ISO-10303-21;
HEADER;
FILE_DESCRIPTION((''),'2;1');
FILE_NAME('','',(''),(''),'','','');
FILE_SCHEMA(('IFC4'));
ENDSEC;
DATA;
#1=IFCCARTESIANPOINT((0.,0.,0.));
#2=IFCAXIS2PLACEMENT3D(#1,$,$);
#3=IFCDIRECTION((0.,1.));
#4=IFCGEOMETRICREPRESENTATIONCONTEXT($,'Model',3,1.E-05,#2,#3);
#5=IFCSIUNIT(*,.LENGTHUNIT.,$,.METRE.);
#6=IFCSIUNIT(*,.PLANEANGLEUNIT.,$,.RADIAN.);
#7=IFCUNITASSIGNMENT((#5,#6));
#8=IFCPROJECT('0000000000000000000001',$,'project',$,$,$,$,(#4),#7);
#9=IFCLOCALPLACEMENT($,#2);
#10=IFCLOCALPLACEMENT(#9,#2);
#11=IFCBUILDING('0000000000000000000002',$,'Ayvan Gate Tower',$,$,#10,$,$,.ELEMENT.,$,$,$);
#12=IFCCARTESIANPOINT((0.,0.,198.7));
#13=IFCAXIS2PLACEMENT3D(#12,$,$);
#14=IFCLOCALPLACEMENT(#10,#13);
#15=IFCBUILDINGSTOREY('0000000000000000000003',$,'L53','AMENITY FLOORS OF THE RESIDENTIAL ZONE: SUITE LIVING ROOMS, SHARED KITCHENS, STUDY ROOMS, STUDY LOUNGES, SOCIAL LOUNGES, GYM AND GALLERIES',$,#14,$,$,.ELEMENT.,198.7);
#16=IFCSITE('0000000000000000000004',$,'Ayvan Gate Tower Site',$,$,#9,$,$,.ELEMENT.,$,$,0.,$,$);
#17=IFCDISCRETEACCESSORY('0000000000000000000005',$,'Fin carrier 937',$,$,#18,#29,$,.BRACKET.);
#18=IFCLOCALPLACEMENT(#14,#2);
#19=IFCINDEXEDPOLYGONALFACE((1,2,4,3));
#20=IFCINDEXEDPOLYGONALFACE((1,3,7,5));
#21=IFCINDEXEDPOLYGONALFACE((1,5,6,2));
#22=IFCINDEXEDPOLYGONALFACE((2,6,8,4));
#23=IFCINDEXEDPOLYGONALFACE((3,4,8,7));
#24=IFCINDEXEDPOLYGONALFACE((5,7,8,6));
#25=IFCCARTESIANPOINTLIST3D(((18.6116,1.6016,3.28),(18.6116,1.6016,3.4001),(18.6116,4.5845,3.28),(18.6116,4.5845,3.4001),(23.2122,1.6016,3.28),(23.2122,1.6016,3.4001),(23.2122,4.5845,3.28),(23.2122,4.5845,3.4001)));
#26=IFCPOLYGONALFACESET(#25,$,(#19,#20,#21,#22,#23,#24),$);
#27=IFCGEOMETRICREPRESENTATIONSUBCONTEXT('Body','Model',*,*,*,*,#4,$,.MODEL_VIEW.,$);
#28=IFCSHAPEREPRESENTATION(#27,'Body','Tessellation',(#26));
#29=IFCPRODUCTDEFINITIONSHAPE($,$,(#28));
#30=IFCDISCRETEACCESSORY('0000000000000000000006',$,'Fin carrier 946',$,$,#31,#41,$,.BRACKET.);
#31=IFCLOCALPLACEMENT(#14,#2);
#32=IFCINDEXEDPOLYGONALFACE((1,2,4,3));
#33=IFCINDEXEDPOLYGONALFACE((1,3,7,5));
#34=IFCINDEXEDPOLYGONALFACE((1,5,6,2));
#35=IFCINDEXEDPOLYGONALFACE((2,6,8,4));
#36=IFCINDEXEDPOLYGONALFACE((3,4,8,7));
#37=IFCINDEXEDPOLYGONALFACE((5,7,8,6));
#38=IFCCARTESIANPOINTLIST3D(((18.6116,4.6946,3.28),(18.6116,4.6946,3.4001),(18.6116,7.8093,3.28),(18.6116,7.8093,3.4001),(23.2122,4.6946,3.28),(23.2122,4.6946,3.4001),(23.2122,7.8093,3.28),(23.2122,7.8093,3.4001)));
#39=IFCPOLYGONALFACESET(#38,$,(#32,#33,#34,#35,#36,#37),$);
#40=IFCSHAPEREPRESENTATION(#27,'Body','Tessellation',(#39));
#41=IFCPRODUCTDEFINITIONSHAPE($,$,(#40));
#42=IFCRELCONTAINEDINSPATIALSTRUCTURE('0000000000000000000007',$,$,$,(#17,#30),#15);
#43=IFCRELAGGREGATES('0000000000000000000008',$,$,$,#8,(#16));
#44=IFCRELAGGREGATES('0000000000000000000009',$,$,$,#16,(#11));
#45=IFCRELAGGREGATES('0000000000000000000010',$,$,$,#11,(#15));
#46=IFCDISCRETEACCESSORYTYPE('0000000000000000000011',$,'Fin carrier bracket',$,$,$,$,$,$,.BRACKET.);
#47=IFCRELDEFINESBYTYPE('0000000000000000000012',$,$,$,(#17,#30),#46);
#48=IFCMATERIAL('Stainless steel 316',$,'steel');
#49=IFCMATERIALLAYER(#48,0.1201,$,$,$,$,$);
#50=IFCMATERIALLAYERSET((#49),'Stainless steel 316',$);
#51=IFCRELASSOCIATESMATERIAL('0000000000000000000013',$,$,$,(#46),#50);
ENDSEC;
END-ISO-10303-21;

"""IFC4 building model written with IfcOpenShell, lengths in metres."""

from ifc_helpers import new_model, si_unit, direction, frame, origin, origin_2d, place, context, subcontext, project, spatial, rectangle, extrude, material, layer, layer_set, type_object, element, save


model = new_model("IFC4")

# Units and contexts
model_context = context("Model", 3, precision=1e-05, world=origin(), true_north=direction((0.0, 1.0)))
body_context = subcontext(model_context, "Body", "Model", "MODEL_VIEW")
ifc_project = project(units=[si_unit("LENGTHUNIT", "METRE"), si_unit("PLANEANGLEUNIT", "RADIAN")], contexts=[model_context])

# Site, building, storey
site_placement = place(None, origin())
site = spatial("IfcSite", under=ifc_project, at=site_placement, Name="Ayvan Gate Tower Site", CompositionType="ELEMENT", RefElevation=0.0)
building_placement = place(site_placement, origin())
building = spatial("IfcBuilding", under=site, at=building_placement, Name="Ayvan Gate Tower", CompositionType="ELEMENT")
storey_placement = place(building_placement, frame((0.0, 0.0, 198.7)))
storey = spatial("IfcBuildingStorey", under=building, at=storey_placement, Name="L53", Description="AMENITY FLOORS OF THE RESIDENTIAL ZONE: SUITE LIVING ROOMS, SHARED KITCHENS, STUDY ROOMS, STUDY LOUNGES, SOCIAL LOUNGES, GYM AND GALLERIES", CompositionType="ELEMENT", Elevation=198.7)

# Discrete accessories
ifc_material_1 = material(Name="Stainless steel 316", Category="steel")
ifc_layer_1 = layer(ifc_material_1, 0.1201)
ifc_layer_set_1 = layer_set([ifc_layer_1], Name="Stainless steel 316")
discrete_accessory_type = type_object("IfcDiscreteAccessoryType", Name="Fin carrier bracket", PredefinedType="BRACKET", material=ifc_layer_set_1)
for number, where, z_axis, x_axis, name in (
    (1, (20.9119, 3.093, 3.28), (0.0, 0.0, 1.0), (0.0, 1.0, 0.0), "Fin carrier 937"),
):
    element("IfcDiscreteAccessory", number, at=place(storey_placement, frame(where, z_axis=z_axis, x_axis=x_axis)), inside=storey, type_object=discrete_accessory_type, Name=name, PredefinedType="BRACKET", context=body_context, shape_type="SweptSolid", body=[
        extrude(rectangle(XDim=2.9829, YDim=4.6006, at=origin_2d()), origin(), (0.0, 0.0, 1.0), 0.1201),
    ])
discrete_accessory_1_placement = place(storey_placement, frame((20.9119, 6.252, 3.28), z_axis=(0.0, 0.0, 1.0), x_axis=(0.0, 1.0, 0.0)))
element("IfcDiscreteAccessory", 2, at=discrete_accessory_1_placement, inside=storey, type_object=discrete_accessory_type, Name="Fin carrier 946", PredefinedType="BRACKET", context=body_context, shape_type="SweptSolid", body=[
    extrude(rectangle(XDim=3.1147, YDim=4.6006, at=origin_2d()), origin(), (0.0, 0.0, 1.0), 0.1201),
])

save(model, "model.ifc")
